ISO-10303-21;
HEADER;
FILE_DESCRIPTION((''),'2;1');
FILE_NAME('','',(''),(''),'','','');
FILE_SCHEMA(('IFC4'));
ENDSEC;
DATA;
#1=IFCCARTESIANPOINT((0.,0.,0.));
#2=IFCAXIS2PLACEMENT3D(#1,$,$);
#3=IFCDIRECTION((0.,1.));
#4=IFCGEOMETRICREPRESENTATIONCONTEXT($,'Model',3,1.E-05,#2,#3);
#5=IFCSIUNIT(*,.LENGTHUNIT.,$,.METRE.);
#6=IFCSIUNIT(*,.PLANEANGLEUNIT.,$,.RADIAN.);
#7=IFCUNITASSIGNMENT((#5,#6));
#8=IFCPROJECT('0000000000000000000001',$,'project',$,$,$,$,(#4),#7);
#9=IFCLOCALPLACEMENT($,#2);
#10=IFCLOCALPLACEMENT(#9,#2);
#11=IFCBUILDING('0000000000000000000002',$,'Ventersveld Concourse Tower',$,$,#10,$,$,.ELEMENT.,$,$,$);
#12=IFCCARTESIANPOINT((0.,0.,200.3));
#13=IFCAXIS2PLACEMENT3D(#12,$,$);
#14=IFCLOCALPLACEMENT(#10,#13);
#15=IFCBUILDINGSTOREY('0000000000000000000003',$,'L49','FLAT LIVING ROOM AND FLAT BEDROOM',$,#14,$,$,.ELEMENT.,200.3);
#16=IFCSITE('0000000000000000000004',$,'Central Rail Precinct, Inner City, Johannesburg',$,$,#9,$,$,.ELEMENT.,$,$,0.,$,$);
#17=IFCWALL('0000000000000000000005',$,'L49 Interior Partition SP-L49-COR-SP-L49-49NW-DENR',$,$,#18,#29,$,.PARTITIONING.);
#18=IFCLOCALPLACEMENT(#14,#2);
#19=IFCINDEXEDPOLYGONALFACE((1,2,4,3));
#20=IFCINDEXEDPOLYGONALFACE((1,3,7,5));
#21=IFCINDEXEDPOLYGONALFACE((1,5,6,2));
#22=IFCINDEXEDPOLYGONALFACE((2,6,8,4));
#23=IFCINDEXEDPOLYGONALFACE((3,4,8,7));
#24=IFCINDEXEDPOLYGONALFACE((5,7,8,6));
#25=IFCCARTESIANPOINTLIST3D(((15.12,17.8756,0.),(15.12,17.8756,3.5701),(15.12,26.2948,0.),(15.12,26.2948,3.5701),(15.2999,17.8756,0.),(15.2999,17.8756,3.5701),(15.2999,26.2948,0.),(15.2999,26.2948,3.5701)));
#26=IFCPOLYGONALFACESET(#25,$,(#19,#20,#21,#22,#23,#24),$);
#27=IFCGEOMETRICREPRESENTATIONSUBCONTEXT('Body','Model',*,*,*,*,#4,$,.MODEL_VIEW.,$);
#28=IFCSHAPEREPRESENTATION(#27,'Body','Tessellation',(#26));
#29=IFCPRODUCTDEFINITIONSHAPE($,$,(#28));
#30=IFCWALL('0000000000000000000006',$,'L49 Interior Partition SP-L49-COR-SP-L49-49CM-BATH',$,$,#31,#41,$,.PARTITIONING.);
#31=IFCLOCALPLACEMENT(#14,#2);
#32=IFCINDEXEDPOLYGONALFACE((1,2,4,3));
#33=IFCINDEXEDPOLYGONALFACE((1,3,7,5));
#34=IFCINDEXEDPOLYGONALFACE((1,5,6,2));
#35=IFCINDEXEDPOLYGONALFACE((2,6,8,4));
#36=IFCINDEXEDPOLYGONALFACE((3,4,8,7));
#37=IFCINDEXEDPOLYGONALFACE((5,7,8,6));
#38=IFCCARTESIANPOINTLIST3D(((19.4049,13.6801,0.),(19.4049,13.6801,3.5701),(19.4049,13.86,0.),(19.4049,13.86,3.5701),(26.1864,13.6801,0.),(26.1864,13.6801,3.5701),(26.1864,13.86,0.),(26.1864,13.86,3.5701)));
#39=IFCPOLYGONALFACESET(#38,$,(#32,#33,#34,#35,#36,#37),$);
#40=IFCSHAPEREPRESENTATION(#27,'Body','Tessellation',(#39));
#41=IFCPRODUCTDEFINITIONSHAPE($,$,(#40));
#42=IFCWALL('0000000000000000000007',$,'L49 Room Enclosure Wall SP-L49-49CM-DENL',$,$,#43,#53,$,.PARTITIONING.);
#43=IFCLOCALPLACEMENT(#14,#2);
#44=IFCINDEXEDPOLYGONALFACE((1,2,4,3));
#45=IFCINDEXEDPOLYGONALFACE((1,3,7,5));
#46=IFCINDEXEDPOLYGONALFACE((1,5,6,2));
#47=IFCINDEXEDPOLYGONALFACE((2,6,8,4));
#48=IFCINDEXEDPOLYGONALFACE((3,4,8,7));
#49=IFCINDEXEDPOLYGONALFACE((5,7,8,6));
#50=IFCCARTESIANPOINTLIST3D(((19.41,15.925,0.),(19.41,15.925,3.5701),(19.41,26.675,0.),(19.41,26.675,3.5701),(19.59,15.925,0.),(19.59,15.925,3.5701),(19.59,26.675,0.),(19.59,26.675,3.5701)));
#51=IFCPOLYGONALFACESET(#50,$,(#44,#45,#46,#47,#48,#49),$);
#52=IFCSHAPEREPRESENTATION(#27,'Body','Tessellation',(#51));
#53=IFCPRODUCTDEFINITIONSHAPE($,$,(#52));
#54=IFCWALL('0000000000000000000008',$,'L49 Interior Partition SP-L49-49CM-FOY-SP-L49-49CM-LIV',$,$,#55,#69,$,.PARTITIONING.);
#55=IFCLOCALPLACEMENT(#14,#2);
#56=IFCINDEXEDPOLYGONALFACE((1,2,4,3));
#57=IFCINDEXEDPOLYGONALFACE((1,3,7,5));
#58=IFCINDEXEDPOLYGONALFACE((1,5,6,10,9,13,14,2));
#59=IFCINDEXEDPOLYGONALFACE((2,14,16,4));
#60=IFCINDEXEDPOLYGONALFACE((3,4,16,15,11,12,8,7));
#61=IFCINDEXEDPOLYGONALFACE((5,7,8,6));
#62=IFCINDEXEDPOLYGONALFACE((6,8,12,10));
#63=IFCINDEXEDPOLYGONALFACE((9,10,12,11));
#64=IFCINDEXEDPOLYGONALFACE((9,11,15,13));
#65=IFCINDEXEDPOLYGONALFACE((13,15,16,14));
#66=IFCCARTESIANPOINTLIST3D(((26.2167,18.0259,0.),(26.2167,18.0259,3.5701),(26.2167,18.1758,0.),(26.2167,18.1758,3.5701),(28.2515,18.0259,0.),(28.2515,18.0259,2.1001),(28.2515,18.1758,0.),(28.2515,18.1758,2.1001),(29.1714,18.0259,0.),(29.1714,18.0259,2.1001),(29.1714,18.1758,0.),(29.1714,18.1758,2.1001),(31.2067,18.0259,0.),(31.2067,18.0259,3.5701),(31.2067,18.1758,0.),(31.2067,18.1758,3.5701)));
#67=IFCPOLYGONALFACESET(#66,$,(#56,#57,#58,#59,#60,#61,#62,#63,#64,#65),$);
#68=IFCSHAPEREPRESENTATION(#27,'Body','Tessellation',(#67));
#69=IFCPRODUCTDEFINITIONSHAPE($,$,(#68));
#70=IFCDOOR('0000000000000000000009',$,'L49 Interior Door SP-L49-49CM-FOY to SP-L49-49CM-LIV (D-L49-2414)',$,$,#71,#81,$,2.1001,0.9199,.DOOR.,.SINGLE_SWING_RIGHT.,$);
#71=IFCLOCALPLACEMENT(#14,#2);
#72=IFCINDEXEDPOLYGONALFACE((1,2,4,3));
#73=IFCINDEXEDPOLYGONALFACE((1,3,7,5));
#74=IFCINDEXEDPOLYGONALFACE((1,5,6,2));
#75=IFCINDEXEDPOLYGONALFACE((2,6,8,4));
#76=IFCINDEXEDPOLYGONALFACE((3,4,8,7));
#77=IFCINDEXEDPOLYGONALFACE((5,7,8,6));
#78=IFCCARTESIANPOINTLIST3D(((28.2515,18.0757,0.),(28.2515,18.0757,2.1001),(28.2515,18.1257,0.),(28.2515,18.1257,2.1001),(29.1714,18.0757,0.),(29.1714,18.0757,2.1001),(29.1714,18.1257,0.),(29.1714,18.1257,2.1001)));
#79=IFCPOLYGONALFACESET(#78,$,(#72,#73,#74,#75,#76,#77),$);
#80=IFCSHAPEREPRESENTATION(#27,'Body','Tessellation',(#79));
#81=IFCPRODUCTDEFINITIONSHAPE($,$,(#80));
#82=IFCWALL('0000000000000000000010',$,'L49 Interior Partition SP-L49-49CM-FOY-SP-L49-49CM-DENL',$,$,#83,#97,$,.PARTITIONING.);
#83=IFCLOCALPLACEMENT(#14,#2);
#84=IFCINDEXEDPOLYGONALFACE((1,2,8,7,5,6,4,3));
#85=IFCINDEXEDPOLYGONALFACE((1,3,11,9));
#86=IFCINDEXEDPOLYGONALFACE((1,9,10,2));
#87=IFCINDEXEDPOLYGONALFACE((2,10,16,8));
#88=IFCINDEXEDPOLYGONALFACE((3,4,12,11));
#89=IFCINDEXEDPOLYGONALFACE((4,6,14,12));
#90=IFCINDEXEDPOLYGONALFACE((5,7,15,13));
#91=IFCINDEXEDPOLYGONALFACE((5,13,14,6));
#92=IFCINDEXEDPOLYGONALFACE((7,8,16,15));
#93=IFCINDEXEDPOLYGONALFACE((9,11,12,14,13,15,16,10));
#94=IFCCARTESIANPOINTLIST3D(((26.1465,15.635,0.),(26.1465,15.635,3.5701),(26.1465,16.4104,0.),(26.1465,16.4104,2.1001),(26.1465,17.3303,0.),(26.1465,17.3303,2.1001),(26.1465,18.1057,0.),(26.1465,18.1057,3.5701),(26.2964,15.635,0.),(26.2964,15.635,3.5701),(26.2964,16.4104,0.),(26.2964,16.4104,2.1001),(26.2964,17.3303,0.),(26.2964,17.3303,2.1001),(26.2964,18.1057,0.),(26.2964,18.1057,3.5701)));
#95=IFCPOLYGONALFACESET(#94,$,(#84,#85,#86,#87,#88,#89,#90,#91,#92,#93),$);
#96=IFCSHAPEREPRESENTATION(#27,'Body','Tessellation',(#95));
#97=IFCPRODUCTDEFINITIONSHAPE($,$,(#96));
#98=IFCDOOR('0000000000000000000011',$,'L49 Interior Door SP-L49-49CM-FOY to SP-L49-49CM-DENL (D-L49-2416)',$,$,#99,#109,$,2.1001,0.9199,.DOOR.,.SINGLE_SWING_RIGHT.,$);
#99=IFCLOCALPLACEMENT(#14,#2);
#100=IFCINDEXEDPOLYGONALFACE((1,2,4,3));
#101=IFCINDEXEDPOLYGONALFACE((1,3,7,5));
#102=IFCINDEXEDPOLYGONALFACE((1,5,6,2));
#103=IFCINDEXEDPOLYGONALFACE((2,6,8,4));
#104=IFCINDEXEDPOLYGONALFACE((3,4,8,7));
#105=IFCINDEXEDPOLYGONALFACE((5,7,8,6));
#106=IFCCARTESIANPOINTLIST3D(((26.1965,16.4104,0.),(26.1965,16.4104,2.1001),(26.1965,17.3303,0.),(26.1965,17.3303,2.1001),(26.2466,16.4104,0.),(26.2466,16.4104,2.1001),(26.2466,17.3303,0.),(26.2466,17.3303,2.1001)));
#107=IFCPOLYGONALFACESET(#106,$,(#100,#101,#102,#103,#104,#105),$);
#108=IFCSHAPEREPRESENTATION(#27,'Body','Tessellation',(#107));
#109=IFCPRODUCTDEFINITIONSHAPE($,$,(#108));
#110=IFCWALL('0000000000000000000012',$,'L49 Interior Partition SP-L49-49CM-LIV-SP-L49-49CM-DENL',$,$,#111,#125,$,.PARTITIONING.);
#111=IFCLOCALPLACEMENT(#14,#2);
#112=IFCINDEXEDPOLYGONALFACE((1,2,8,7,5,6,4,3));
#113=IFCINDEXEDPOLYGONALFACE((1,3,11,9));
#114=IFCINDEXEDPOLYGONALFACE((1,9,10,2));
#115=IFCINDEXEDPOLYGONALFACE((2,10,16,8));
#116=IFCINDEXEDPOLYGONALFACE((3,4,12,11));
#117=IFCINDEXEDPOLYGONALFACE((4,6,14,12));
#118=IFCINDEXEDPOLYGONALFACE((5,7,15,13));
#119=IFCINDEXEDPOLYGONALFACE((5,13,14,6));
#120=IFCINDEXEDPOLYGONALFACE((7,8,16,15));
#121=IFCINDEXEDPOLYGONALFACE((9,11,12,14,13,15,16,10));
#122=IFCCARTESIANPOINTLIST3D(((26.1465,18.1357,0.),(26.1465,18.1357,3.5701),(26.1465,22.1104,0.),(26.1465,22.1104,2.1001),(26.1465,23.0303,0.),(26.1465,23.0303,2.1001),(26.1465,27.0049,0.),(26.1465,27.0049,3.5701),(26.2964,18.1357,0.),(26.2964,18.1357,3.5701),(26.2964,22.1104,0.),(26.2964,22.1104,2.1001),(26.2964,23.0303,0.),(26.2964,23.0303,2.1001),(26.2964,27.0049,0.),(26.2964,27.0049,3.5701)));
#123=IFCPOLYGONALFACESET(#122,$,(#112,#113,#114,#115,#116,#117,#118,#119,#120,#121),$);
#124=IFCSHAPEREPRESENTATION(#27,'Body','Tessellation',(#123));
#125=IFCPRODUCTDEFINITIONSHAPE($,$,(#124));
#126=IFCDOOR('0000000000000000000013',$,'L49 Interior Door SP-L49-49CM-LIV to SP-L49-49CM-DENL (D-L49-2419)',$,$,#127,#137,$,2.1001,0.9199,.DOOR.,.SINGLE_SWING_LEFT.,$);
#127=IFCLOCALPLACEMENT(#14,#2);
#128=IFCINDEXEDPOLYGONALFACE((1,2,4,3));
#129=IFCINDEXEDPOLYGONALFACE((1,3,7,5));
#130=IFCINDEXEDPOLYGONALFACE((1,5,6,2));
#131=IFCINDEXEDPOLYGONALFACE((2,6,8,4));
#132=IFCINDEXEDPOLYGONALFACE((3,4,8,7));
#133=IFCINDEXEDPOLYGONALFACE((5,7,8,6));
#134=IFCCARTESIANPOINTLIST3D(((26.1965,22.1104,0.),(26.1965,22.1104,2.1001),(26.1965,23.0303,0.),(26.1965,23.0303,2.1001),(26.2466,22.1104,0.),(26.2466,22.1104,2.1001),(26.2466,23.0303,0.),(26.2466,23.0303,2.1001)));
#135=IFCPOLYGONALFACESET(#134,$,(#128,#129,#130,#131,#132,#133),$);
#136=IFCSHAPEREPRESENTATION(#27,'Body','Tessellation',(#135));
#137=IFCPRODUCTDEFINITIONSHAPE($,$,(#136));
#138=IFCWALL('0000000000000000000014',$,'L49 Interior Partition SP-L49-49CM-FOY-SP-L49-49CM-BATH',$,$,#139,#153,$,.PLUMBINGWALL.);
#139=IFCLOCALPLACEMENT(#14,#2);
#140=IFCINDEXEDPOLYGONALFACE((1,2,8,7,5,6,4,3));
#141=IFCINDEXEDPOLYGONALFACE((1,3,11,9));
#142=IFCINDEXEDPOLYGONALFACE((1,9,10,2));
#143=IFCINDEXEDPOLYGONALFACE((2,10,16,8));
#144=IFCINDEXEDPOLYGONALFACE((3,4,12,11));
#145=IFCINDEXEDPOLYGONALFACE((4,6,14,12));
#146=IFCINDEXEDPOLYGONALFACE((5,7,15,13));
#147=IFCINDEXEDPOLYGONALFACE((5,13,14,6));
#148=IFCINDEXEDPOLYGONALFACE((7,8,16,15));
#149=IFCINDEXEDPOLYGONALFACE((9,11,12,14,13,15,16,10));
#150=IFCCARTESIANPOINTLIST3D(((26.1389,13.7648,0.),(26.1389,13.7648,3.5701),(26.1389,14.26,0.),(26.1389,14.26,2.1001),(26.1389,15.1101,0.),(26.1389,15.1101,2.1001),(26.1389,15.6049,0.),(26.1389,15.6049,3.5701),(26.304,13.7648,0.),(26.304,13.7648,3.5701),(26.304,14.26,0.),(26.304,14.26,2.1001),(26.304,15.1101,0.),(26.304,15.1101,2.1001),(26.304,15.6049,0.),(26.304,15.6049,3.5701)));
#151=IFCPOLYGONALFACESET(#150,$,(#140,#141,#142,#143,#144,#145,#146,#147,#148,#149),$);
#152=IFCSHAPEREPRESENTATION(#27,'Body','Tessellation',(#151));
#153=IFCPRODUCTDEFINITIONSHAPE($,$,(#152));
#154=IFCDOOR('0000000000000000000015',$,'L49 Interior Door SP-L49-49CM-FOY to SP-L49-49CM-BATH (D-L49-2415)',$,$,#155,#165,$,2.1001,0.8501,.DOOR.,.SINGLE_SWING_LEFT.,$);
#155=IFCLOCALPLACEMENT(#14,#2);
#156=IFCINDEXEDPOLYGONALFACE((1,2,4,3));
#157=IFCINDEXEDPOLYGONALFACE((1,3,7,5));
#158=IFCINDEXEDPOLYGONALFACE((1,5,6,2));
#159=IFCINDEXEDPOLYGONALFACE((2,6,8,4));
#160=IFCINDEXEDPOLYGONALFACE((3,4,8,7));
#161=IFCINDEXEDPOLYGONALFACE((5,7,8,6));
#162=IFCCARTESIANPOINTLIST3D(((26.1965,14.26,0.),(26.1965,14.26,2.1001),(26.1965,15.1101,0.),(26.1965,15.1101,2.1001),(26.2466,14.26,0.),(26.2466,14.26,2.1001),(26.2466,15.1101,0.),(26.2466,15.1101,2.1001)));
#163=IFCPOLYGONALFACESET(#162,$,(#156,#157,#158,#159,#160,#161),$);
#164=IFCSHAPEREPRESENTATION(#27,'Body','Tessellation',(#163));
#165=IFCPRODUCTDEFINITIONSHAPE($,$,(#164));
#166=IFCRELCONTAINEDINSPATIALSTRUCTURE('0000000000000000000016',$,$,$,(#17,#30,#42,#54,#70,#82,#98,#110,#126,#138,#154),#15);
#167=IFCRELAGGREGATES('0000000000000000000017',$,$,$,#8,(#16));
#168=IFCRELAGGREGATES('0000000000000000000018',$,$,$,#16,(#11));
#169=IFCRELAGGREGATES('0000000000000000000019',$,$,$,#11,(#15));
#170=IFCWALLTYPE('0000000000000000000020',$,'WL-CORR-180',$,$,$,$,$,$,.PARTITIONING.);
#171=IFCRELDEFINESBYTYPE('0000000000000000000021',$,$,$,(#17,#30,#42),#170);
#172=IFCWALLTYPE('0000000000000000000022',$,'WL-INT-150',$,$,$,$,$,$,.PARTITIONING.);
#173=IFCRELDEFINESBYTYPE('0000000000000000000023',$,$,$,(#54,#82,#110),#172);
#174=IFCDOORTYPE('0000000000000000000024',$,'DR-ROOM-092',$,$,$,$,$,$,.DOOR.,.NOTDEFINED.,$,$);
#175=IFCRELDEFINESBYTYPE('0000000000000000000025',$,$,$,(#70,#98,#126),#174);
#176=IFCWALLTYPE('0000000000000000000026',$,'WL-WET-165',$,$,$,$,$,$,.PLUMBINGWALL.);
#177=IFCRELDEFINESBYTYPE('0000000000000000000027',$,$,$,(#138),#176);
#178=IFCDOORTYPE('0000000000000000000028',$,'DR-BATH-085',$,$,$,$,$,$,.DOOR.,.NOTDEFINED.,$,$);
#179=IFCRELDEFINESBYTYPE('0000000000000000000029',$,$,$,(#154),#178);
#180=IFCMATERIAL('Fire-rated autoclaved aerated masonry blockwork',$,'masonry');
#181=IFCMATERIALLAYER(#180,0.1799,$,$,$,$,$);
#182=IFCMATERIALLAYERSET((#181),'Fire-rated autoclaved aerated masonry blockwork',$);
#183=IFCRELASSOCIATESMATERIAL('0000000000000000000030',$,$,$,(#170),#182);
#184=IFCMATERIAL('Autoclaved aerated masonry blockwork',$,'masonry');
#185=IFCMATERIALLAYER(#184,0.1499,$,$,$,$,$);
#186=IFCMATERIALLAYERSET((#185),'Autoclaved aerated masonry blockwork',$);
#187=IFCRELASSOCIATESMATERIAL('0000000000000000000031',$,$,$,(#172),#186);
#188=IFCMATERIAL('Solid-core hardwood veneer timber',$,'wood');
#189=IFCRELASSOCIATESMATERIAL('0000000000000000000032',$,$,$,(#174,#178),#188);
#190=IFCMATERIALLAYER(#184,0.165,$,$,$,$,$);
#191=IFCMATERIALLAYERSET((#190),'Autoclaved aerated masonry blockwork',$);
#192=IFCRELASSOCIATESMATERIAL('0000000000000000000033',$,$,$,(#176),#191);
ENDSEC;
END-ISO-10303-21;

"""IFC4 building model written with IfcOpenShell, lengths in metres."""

from ifc_helpers import new_model, si_unit, direction, frame, frame_2d, origin, place, context, subcontext, project, spatial, rectangle, extrude, material, layer, layer_set, type_object, element, fill, save


model = new_model("IFC4")

# Units and contexts
model_context = context("Model", 3, precision=1e-05, world=origin(), true_north=direction((0.0, 1.0)))
body_context = subcontext(model_context, "Body", "Model", "MODEL_VIEW")
ifc_project = project(units=[si_unit("LENGTHUNIT", "METRE"), si_unit("PLANEANGLEUNIT", "RADIAN")], contexts=[model_context])

# Site, building, storey
site_placement = place(None, origin())
site = spatial("IfcSite", under=ifc_project, at=site_placement, Name="Central Rail Precinct, Inner City, Johannesburg", CompositionType="ELEMENT", RefElevation=0.0)
building_placement = place(site_placement, origin())
building = spatial("IfcBuilding", under=site, at=building_placement, Name="Ventersveld Concourse Tower", CompositionType="ELEMENT")
storey_placement = place(building_placement, frame((0.0, 0.0, 200.3)))
storey = spatial("IfcBuildingStorey", under=building, at=storey_placement, Name="L49", Description="FLAT LIVING ROOM AND FLAT BEDROOM", CompositionType="ELEMENT", Elevation=200.3)

# Wall
ifc_material_1 = material(Name="Fire-rated autoclaved aerated masonry blockwork", Category="masonry")
ifc_layer_1 = layer(ifc_material_1, 0.1799)
ifc_layer_set_1 = layer_set([ifc_layer_1], Name="Fire-rated autoclaved aerated masonry blockwork")
wall_type_1 = type_object("IfcWallType", Name="WL-CORR-180", PredefinedType="PARTITIONING", material=ifc_layer_set_1)
wall_1_placement = place(storey_placement, frame((15.21, 17.8757, 0.0), z_axis=(0.0, 0.0, 1.0), x_axis=(0.0, 1.0, 0.0)))
element("IfcWall", 1, at=wall_1_placement, inside=storey, type_object=wall_type_1, Name="L49 Interior Partition SP-L49-COR-SP-L49-49NW-DENR", PredefinedType="PARTITIONING", context=body_context, shape_type="SweptSolid", body=[
    extrude(rectangle(XDim=8.4192, YDim=0.1799, at=frame_2d((4.2095, 0.0))), origin(), (0.0, 0.0, 1.0), 3.5701),
])

# Shared definitions
ifc_material_2 = material(Name="Solid-core hardwood veneer timber", Category="wood")

# Walls
wall_2_placement = place(storey_placement, frame((19.405, 13.77, 0.0), z_axis=(0.0, 0.0, 1.0), x_axis=(1.0, 0.0, 0.0)))
element("IfcWall", 2, at=wall_2_placement, inside=storey, type_object=wall_type_1, Name="L49 Interior Partition SP-L49-COR-SP-L49-49CM-BATH", PredefinedType="PARTITIONING", context=body_context, shape_type="SweptSolid", body=[
    extrude(rectangle(XDim=6.7815, YDim=0.1799, at=frame_2d((3.3906, 0.0))), origin(), (0.0, 0.0, 1.0), 3.5701),
])
wall_3_placement = place(storey_placement, frame((19.5, 15.925, 0.0), z_axis=(0.0, 0.0, 1.0), x_axis=(0.0, 1.0, 0.0)))
element("IfcWall", 3, at=wall_3_placement, inside=storey, type_object=wall_type_1, Name="L49 Room Enclosure Wall SP-L49-49CM-DENL", PredefinedType="PARTITIONING", context=body_context, shape_type="SweptSolid", body=[
    extrude(rectangle(XDim=10.75, YDim=0.1799, at=frame_2d((5.375, 0.0))), origin(), (0.0, 0.0, 1.0), 3.5701),
])

# Walls, openings, doors
ifc_material_3 = material(Name="Autoclaved aerated masonry blockwork", Category="masonry")
ifc_layer_2 = layer(ifc_material_3, 0.1499)
ifc_layer_set_2 = layer_set([ifc_layer_2], Name="Autoclaved aerated masonry blockwork")
wall_type_2 = type_object("IfcWallType", Name="WL-INT-150", PredefinedType="PARTITIONING", material=ifc_layer_set_2)
wall_4_placement = place(storey_placement, frame((26.2166, 18.1008, 0.0), z_axis=(0.0, 0.0, 1.0), x_axis=(1.0, 0.0, 0.0)))
wall_4 = element("IfcWall", 4, at=wall_4_placement, inside=storey, type_object=wall_type_2, Name="L49 Interior Partition SP-L49-49CM-FOY-SP-L49-49CM-LIV", PredefinedType="PARTITIONING", context=body_context, shape_type="SweptSolid", body=[
    extrude(rectangle(XDim=4.99, YDim=0.1499, at=frame_2d((2.4951, 0.0))), origin(), (0.0, 0.0, 1.0), 3.5701),
])
opening_1_placement = place(wall_4_placement, frame((2.0349, 0.0, 0.0)))
opening_1 = element("IfcOpeningElement", 5, at=opening_1_placement, cuts=wall_4, PredefinedType="OPENING", context=body_context, shape_type="SweptSolid", body=[
    extrude(rectangle(XDim=0.9199, YDim=2.1001, at=frame_2d((0.46, 1.05))), frame((0.0, 0.085, 0.0), z_axis=(0.0, -1.0, 0.0), x_axis=(1.0, 0.0, 0.0)), (0.0, 0.0, 1.0), 0.1699),
])
door_type_1 = type_object("IfcDoorType", Name="DR-ROOM-092", OperationType="NOTDEFINED", PredefinedType="DOOR", material=ifc_material_2)
door_1_placement = place(opening_1_placement, origin())
door_1 = element("IfcDoor", 6, at=door_1_placement, inside=storey, type_object=door_type_1, Name="L49 Interior Door SP-L49-49CM-FOY to SP-L49-49CM-LIV (D-L49-2414)", OperationType="SINGLE_SWING_RIGHT", OverallHeight=2.1001, OverallWidth=0.9199, PredefinedType="DOOR", context=body_context, shape_type="SweptSolid", body=[
    extrude(rectangle(XDim=0.9199, YDim=2.1001, at=frame_2d((0.46, 1.05))), frame((0.0, 0.0249, 0.0), z_axis=(0.0, -1.0, 0.0), x_axis=(1.0, 0.0, 0.0)), (0.0, 0.0, 1.0), 0.05),
])
fill(opening_1, door_1)
wall_5_placement = place(storey_placement, frame((26.2214, 15.635, 0.0), z_axis=(0.0, 0.0, 1.0), x_axis=(0.0, 1.0, 0.0)))
wall_5 = element("IfcWall", 7, at=wall_5_placement, inside=storey, type_object=wall_type_2, Name="L49 Interior Partition SP-L49-49CM-FOY-SP-L49-49CM-DENL", PredefinedType="PARTITIONING", context=body_context, shape_type="SweptSolid", body=[
    extrude(rectangle(XDim=2.4707, YDim=0.1499, at=frame_2d((1.2354, 0.0))), origin(), (0.0, 0.0, 1.0), 3.5701),
])
opening_2_placement = place(wall_5_placement, frame((0.7754, 0.0, 0.0)))
opening_2 = element("IfcOpeningElement", 8, at=opening_2_placement, cuts=wall_5, PredefinedType="OPENING", context=body_context, shape_type="SweptSolid", body=[
    extrude(rectangle(XDim=0.9199, YDim=2.1001, at=frame_2d((0.46, 1.05))), frame((0.0, 0.085, 0.0), z_axis=(0.0, -1.0, 0.0), x_axis=(1.0, 0.0, 0.0)), (0.0, 0.0, 1.0), 0.1699),
])
door_2_placement = place(opening_2_placement, origin())
door_2 = element("IfcDoor", 9, at=door_2_placement, inside=storey, type_object=door_type_1, Name="L49 Interior Door SP-L49-49CM-FOY to SP-L49-49CM-DENL (D-L49-2416)", OperationType="SINGLE_SWING_RIGHT", OverallHeight=2.1001, OverallWidth=0.9199, PredefinedType="DOOR", context=body_context, shape_type="SweptSolid", body=[
    extrude(rectangle(XDim=0.9199, YDim=2.1001, at=frame_2d((0.46, 1.05))), frame((0.0, 0.0249, 0.0), z_axis=(0.0, -1.0, 0.0), x_axis=(1.0, 0.0, 0.0)), (0.0, 0.0, 1.0), 0.05),
])
fill(opening_2, door_2)
wall_6_placement = place(storey_placement, frame((26.2214, 18.1357, 0.0), z_axis=(0.0, 0.0, 1.0), x_axis=(0.0, 1.0, 0.0)))
wall_6 = element("IfcWall", 10, at=wall_6_placement, inside=storey, type_object=wall_type_2, Name="L49 Interior Partition SP-L49-49CM-LIV-SP-L49-49CM-DENL", PredefinedType="PARTITIONING", context=body_context, shape_type="SweptSolid", body=[
    extrude(rectangle(XDim=8.8691, YDim=0.1499, at=frame_2d((4.4346, 0.0))), origin(), (0.0, 0.0, 1.0), 3.5701),
])
opening_3_placement = place(wall_6_placement, frame((3.9746, 0.0, 0.0)))
opening_3 = element("IfcOpeningElement", 11, at=opening_3_placement, cuts=wall_6, PredefinedType="OPENING", context=body_context, shape_type="SweptSolid", body=[
    extrude(rectangle(XDim=0.9199, YDim=2.1001, at=frame_2d((0.46, 1.05))), frame((0.0, 0.085, 0.0), z_axis=(0.0, -1.0, 0.0), x_axis=(1.0, 0.0, 0.0)), (0.0, 0.0, 1.0), 0.1699),
])
door_3_placement = place(opening_3_placement, origin())
door_3 = element("IfcDoor", 12, at=door_3_placement, inside=storey, type_object=door_type_1, Name="L49 Interior Door SP-L49-49CM-LIV to SP-L49-49CM-DENL (D-L49-2419)", OperationType="SINGLE_SWING_LEFT", OverallHeight=2.1001, OverallWidth=0.9199, PredefinedType="DOOR", context=body_context, shape_type="SweptSolid", body=[
    extrude(rectangle(XDim=0.9199, YDim=2.1001, at=frame_2d((0.46, 1.05))), frame((0.0, 0.0249, 0.0), z_axis=(0.0, -1.0, 0.0), x_axis=(1.0, 0.0, 0.0)), (0.0, 0.0, 1.0), 0.05),
])
fill(opening_3, door_3)
ifc_layer_3 = layer(ifc_material_3, 0.165)
ifc_layer_set_3 = layer_set([ifc_layer_3], Name="Autoclaved aerated masonry blockwork")
wall_type_3 = type_object("IfcWallType", Name="WL-WET-165", PredefinedType="PLUMBINGWALL", material=ifc_layer_set_3)
wall_7_placement = place(storey_placement, frame((26.2214, 13.7649, 0.0), z_axis=(0.0, 0.0, 1.0), x_axis=(0.0, 1.0, 0.0)))
wall_7 = element("IfcWall", 13, at=wall_7_placement, inside=storey, type_object=wall_type_3, Name="L49 Interior Partition SP-L49-49CM-FOY-SP-L49-49CM-BATH", PredefinedType="PLUMBINGWALL", context=body_context, shape_type="SweptSolid", body=[
    extrude(rectangle(XDim=1.8401, YDim=0.165, at=frame_2d((0.9199, 0.0))), origin(), (0.0, 0.0, 1.0), 3.5701),
])
opening_4_placement = place(wall_7_placement, frame((0.4951, 0.0, 0.0)))
opening_4 = element("IfcOpeningElement", 14, at=opening_4_placement, cuts=wall_7, PredefinedType="OPENING", context=body_context, shape_type="SweptSolid", body=[
    extrude(rectangle(XDim=0.8501, YDim=2.1001, at=frame_2d((0.425, 1.05))), frame((0.0, 0.0925, 0.0), z_axis=(0.0, -1.0, 0.0), x_axis=(1.0, 0.0, 0.0)), (0.0, 0.0, 1.0), 0.1851),
])
door_type_2 = type_object("IfcDoorType", Name="DR-BATH-085", OperationType="NOTDEFINED", PredefinedType="DOOR", material=ifc_material_2)
door_4_placement = place(opening_4_placement, origin())
door_4 = element("IfcDoor", 15, at=door_4_placement, inside=storey, type_object=door_type_2, Name="L49 Interior Door SP-L49-49CM-FOY to SP-L49-49CM-BATH (D-L49-2415)", OperationType="SINGLE_SWING_LEFT", OverallHeight=2.1001, OverallWidth=0.8501, PredefinedType="DOOR", context=body_context, shape_type="SweptSolid", body=[
    extrude(rectangle(XDim=0.8501, YDim=2.1001, at=frame_2d((0.425, 1.05))), frame((0.0, 0.0249, 0.0), z_axis=(0.0, -1.0, 0.0), x_axis=(1.0, 0.0, 0.0)), (0.0, 0.0, 1.0), 0.05),
])
fill(opening_4, door_4)

save(model, "model.ifc")
